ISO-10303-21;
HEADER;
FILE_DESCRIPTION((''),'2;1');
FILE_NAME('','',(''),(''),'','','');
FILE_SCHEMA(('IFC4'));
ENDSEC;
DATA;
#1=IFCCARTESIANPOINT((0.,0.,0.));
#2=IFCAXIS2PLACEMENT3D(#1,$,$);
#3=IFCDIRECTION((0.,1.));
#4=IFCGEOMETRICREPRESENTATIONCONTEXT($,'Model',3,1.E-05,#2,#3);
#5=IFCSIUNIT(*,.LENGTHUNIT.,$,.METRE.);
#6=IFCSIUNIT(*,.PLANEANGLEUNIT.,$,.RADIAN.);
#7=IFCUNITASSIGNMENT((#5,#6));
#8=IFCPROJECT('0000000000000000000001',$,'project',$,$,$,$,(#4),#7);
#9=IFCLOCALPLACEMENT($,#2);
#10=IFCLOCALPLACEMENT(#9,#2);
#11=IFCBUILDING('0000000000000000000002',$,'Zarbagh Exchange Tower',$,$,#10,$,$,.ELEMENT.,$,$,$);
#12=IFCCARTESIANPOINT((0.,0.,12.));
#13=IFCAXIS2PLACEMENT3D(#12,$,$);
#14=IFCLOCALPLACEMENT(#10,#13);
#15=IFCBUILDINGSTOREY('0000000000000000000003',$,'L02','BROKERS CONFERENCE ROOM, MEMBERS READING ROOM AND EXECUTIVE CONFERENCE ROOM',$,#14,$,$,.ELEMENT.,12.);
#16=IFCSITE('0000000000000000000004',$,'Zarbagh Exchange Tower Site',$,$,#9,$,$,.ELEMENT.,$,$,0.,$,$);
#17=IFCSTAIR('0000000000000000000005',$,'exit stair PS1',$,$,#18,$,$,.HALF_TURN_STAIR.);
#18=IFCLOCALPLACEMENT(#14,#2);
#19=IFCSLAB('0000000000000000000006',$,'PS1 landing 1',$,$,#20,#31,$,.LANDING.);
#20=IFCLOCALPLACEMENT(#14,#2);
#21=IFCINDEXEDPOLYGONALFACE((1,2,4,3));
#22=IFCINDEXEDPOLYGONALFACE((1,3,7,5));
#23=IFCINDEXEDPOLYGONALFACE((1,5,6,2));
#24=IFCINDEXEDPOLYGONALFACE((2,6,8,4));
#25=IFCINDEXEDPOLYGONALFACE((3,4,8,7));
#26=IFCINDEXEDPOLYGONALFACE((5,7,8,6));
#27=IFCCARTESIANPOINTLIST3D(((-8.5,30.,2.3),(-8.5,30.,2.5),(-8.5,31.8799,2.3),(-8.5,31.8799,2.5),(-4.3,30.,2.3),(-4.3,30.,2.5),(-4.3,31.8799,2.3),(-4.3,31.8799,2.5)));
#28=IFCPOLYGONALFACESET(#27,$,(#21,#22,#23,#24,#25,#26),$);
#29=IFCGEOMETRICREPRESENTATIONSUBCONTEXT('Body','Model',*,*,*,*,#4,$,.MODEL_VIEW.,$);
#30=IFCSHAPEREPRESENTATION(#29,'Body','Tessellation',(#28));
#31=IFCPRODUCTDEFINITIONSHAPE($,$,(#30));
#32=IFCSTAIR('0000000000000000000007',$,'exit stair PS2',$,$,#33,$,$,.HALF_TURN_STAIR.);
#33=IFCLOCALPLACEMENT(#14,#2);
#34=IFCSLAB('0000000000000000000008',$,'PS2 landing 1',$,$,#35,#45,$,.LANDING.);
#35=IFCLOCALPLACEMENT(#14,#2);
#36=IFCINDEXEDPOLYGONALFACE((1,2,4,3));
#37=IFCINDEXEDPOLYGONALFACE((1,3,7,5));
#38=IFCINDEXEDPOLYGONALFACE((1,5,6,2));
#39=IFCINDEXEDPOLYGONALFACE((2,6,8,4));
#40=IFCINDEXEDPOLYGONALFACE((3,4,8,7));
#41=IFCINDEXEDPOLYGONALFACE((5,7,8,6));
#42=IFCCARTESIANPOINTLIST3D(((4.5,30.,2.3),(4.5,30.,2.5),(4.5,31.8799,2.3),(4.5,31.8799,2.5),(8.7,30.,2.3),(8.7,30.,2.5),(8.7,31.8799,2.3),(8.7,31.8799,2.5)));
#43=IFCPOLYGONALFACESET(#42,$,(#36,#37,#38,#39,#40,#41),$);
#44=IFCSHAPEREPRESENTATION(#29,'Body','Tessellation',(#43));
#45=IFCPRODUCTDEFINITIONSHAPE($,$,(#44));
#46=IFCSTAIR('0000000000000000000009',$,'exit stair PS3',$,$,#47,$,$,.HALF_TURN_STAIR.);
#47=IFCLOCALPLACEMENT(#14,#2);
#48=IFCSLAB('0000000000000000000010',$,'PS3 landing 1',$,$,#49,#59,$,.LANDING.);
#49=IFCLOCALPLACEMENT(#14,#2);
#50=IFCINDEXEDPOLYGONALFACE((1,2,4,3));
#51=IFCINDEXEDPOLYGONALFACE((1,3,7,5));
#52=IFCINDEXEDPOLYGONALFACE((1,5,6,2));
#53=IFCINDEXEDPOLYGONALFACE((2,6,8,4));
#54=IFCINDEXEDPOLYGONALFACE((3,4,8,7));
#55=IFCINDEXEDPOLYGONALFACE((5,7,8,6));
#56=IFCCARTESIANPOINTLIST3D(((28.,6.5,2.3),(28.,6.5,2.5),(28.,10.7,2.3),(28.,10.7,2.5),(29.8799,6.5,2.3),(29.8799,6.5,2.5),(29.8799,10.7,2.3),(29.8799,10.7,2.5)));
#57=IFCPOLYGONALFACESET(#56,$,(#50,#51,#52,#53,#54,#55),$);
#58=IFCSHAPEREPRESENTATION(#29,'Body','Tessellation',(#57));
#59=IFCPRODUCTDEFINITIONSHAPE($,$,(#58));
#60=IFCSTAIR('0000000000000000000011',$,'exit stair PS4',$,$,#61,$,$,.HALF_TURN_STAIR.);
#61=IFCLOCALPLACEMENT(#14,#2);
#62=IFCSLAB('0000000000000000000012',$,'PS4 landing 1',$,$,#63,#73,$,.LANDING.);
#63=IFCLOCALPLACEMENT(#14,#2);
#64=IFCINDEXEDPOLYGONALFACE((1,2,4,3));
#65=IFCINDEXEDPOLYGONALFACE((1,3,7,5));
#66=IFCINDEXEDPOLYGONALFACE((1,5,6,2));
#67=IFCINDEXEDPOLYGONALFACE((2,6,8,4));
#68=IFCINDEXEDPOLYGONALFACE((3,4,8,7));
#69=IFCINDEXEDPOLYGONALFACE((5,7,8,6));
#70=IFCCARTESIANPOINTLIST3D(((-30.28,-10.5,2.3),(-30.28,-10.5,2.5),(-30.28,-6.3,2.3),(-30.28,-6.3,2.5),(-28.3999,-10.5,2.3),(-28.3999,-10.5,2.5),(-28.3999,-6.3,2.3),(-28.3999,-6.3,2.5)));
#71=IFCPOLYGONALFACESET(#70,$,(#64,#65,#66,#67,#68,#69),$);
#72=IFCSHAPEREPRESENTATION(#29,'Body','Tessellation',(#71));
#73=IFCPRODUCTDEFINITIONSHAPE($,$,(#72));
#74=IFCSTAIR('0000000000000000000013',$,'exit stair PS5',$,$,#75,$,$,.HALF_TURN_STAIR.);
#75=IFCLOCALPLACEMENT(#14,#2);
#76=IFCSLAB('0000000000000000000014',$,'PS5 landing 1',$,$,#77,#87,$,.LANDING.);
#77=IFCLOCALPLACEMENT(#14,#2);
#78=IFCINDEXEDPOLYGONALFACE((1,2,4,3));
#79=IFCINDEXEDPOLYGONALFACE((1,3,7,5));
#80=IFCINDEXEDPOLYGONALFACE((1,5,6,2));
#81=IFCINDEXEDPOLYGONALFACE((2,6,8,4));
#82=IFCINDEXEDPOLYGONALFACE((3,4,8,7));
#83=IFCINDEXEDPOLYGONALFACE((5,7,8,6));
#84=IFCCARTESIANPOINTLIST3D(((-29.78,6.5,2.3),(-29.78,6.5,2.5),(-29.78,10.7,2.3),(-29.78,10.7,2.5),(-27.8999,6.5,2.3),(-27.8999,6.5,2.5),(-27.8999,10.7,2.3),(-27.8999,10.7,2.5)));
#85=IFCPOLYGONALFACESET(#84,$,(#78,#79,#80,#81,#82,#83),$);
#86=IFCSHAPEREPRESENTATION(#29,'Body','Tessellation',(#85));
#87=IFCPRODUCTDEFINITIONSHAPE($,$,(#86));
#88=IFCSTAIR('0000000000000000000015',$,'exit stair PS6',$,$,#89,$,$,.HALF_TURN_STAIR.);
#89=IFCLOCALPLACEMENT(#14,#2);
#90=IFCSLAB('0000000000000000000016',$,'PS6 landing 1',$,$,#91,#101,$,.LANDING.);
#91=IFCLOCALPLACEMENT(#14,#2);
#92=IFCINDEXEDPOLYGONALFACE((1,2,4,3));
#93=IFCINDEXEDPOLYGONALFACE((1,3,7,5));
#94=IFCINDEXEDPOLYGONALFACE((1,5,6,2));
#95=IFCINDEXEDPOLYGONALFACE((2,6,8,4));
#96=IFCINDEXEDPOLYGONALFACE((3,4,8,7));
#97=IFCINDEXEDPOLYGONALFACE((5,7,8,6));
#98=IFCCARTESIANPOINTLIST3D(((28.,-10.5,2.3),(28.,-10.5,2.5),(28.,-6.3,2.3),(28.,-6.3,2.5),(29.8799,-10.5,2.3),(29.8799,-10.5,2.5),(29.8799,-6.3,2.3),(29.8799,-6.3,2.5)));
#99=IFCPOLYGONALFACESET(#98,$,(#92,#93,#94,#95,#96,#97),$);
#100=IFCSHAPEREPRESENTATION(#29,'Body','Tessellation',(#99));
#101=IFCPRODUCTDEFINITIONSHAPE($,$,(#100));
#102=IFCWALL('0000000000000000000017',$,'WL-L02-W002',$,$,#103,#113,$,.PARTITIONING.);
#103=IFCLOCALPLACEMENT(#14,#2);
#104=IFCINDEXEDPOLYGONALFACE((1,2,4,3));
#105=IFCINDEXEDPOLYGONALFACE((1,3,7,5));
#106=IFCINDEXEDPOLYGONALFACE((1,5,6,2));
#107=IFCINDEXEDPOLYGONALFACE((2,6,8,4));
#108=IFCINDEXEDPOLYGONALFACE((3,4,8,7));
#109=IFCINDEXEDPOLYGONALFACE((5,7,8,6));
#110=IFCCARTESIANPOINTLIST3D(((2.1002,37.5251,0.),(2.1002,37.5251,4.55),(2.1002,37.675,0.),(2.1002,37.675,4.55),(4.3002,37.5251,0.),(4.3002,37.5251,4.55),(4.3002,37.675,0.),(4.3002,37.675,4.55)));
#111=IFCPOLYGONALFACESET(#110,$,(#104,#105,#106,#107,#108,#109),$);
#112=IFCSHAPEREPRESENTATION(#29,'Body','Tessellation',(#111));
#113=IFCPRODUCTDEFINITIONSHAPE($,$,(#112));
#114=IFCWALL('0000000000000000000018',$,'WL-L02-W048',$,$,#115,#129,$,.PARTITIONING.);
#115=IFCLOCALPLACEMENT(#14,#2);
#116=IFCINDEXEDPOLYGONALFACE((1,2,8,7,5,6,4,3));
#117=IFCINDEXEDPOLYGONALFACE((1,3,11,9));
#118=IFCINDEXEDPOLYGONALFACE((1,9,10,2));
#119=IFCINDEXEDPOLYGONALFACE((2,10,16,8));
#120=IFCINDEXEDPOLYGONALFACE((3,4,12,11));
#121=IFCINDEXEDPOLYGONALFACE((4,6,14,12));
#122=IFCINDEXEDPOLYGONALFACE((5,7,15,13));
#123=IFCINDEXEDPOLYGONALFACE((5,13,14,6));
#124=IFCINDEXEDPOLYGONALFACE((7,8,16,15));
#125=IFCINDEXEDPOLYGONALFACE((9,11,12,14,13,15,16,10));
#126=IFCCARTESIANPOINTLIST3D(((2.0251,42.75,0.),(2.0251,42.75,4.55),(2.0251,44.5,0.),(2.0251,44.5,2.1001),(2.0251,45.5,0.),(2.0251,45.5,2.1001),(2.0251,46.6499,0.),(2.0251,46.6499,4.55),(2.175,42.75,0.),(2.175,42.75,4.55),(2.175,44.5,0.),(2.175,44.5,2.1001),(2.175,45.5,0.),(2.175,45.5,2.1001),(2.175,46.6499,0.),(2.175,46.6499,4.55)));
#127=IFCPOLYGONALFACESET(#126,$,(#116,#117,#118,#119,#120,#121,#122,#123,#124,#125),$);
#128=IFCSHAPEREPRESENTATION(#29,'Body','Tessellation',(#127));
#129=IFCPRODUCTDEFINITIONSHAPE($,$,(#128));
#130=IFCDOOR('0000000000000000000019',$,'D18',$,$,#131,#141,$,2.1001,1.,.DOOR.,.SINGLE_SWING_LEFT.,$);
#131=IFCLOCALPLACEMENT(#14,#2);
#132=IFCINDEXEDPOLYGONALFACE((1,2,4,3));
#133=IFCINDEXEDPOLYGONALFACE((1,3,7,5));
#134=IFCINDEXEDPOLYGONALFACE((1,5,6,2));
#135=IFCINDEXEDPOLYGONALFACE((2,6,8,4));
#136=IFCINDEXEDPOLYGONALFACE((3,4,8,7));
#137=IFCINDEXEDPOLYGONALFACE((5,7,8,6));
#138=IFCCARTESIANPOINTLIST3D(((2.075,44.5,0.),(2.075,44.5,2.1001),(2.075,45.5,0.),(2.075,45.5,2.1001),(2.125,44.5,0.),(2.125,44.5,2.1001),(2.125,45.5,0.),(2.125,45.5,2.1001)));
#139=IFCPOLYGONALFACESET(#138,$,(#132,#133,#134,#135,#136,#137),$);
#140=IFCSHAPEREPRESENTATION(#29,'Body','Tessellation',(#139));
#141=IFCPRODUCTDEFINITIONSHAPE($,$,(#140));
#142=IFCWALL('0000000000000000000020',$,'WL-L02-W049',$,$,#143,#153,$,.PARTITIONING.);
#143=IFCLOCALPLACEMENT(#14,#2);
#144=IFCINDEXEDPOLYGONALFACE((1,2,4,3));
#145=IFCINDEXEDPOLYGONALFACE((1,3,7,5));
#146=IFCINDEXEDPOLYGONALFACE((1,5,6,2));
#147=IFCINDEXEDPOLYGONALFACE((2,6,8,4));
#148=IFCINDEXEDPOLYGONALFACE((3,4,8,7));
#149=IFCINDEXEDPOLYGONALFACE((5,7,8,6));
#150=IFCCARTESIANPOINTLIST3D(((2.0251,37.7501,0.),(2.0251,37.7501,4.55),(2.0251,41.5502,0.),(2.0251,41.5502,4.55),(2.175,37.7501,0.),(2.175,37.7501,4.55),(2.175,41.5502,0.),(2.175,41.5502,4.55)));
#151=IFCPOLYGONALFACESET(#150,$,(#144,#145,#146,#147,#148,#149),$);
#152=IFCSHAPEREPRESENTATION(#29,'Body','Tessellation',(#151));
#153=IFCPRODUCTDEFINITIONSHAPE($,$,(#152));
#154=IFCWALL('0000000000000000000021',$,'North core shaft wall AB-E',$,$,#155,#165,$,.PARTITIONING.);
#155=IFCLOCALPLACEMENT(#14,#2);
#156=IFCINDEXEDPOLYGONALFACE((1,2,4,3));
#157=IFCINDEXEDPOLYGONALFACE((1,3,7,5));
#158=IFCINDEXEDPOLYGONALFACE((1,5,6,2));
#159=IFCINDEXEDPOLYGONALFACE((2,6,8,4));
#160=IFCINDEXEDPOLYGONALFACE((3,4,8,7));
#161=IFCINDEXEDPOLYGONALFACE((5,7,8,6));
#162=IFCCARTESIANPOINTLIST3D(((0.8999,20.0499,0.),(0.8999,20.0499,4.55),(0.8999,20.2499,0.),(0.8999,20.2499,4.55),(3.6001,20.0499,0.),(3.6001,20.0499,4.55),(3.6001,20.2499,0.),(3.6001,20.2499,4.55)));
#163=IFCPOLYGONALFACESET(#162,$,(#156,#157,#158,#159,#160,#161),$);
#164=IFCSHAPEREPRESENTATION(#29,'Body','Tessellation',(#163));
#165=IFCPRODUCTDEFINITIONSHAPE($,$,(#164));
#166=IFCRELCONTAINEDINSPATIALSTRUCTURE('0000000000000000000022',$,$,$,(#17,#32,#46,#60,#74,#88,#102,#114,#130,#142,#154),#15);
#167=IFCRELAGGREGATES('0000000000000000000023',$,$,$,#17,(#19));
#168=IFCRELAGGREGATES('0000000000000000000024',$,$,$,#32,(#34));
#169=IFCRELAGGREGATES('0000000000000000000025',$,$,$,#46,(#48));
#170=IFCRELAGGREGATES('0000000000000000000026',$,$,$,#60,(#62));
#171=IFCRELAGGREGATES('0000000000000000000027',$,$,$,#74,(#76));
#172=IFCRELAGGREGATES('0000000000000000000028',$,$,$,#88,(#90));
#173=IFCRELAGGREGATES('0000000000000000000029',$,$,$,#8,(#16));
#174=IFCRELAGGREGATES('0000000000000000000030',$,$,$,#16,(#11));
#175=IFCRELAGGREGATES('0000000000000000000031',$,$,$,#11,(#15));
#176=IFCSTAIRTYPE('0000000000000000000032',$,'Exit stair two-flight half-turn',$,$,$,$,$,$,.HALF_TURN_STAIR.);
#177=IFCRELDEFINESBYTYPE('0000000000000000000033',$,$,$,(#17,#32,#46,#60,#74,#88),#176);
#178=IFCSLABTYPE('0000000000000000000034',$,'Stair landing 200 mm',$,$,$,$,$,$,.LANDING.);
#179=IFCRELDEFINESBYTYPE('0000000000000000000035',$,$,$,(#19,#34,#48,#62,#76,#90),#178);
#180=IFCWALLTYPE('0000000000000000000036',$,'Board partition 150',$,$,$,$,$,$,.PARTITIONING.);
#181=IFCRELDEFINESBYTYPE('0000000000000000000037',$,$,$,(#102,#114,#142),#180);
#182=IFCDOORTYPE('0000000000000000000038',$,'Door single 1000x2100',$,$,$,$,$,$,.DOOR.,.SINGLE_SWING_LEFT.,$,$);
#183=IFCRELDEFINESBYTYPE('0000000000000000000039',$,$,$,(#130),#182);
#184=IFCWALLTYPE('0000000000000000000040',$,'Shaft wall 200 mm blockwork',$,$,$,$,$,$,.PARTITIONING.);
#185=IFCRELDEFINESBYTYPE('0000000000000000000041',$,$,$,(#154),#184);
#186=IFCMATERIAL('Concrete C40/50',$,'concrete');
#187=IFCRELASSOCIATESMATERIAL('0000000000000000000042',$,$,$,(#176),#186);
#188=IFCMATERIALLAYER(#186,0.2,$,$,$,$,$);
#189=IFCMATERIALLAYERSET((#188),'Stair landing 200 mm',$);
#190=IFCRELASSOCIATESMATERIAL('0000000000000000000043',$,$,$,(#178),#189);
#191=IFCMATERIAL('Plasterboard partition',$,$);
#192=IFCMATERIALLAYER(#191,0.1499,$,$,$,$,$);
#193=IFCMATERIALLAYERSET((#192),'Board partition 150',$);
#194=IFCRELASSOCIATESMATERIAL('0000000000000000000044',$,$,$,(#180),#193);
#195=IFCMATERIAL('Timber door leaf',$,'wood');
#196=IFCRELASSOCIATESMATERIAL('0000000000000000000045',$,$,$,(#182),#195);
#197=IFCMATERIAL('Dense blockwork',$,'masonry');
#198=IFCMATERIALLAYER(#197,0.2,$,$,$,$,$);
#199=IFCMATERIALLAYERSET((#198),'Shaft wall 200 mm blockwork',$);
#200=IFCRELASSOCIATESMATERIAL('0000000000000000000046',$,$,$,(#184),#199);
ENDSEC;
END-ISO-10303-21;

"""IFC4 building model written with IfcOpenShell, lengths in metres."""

from ifc_helpers import new_model, si_unit, direction, frame, frame_2d, origin, place, context, subcontext, project, spatial, polyline, rectangle, outline, extrude, material, layer, layer_set, type_object, element, fill, aggregate, save


model = new_model("IFC4")

# Units and contexts
model_context = context("Model", 3, precision=1e-05, world=origin(), true_north=direction((0.0, 1.0)))
body_context = subcontext(model_context, "Body", "Model", "MODEL_VIEW")
ifc_project = project(units=[si_unit("LENGTHUNIT", "METRE"), si_unit("PLANEANGLEUNIT", "RADIAN")], contexts=[model_context])

# Site, building, storey
site_placement = place(None, origin())
site = spatial("IfcSite", under=ifc_project, at=site_placement, Name="Zarbagh Exchange Tower Site", CompositionType="ELEMENT", RefElevation=0.0)
building_placement = place(site_placement, origin())
building = spatial("IfcBuilding", under=site, at=building_placement, Name="Zarbagh Exchange Tower", CompositionType="ELEMENT")
storey_placement = place(building_placement, frame((0.0, 0.0, 12.0)))
storey = spatial("IfcBuildingStorey", under=building, at=storey_placement, Name="L02", Description="BROKERS CONFERENCE ROOM, MEMBERS READING ROOM AND EXECUTIVE CONFERENCE ROOM", CompositionType="ELEMENT", Elevation=12.0)

# Stairs, slabs
ifc_material_1 = material(Name="Concrete C40/50", Category="concrete")
stair_type = type_object("IfcStairType", Name="Exit stair two-flight half-turn", PredefinedType="HALF_TURN_STAIR", material=ifc_material_1)
stair_1_placement = place(storey_placement, origin())
stair_1 = element("IfcStair", 1, at=stair_1_placement, inside=storey, type_object=stair_type, Name="exit stair PS1", PredefinedType="HALF_TURN_STAIR")
ifc_layer_1 = layer(ifc_material_1, 0.2)
ifc_layer_set_1 = layer_set([ifc_layer_1], Name="Stair landing 200 mm")
slab_type = type_object("IfcSlabType", Name="Stair landing 200 mm", PredefinedType="LANDING", material=ifc_layer_set_1)
slab_1_placement = place(storey_placement, frame((0.0, 0.0, 2.3)))
slab_1 = element("IfcSlab", 2, at=slab_1_placement, type_object=slab_type, Name="PS1 landing 1", PredefinedType="LANDING", context=body_context, shape_type="SweptSolid", body=[
    extrude(outline(polyline([(-8.5, 31.8799), (-8.5, 30.0), (-4.3, 30.0), (-4.3, 31.8799), (-8.5, 31.8799)])), origin(), (0.0, 0.0, 1.0), 0.2),
])
aggregate(stair_1, [slab_1])
stair_2_placement = place(storey_placement, origin())
stair_2 = element("IfcStair", 3, at=stair_2_placement, inside=storey, type_object=stair_type, Name="exit stair PS2", PredefinedType="HALF_TURN_STAIR")
slab_2_placement = place(storey_placement, frame((0.0, 0.0, 2.3)))
slab_2 = element("IfcSlab", 4, at=slab_2_placement, type_object=slab_type, Name="PS2 landing 1", PredefinedType="LANDING", context=body_context, shape_type="SweptSolid", body=[
    extrude(outline(polyline([(4.5, 31.8799), (4.5, 30.0), (8.7, 30.0), (8.7, 31.8799), (4.5, 31.8799)])), origin(), (0.0, 0.0, 1.0), 0.2),
])
aggregate(stair_2, [slab_2])
stair_3_placement = place(storey_placement, origin())
stair_3 = element("IfcStair", 5, at=stair_3_placement, inside=storey, type_object=stair_type, Name="exit stair PS3", PredefinedType="HALF_TURN_STAIR")
slab_3_placement = place(storey_placement, frame((0.0, 0.0, 2.3)))
slab_3 = element("IfcSlab", 6, at=slab_3_placement, type_object=slab_type, Name="PS3 landing 1", PredefinedType="LANDING", context=body_context, shape_type="SweptSolid", body=[
    extrude(outline(polyline([(29.8799, 10.7), (28.0, 10.7), (28.0, 6.5), (29.8799, 6.5), (29.8799, 10.7)])), origin(), (0.0, 0.0, 1.0), 0.2),
])
aggregate(stair_3, [slab_3])
stair_4_placement = place(storey_placement, origin())
stair_4 = element("IfcStair", 7, at=stair_4_placement, inside=storey, type_object=stair_type, Name="exit stair PS4", PredefinedType="HALF_TURN_STAIR")
slab_4_placement = place(storey_placement, frame((0.0, 0.0, 2.3)))
slab_4 = element("IfcSlab", 8, at=slab_4_placement, type_object=slab_type, Name="PS4 landing 1", PredefinedType="LANDING", context=body_context, shape_type="SweptSolid", body=[
    extrude(outline(polyline([(-30.28, -10.5), (-28.3999, -10.5), (-28.3999, -6.3), (-30.28, -6.3), (-30.28, -10.5)])), origin(), (0.0, 0.0, 1.0), 0.2),
])
aggregate(stair_4, [slab_4])
stair_5_placement = place(storey_placement, origin())
stair_5 = element("IfcStair", 9, at=stair_5_placement, inside=storey, type_object=stair_type, Name="exit stair PS5", PredefinedType="HALF_TURN_STAIR")
slab_5_placement = place(storey_placement, frame((0.0, 0.0, 2.3)))
slab_5 = element("IfcSlab", 10, at=slab_5_placement, type_object=slab_type, Name="PS5 landing 1", PredefinedType="LANDING", context=body_context, shape_type="SweptSolid", body=[
    extrude(outline(polyline([(-29.78, 6.5), (-27.8999, 6.5), (-27.8999, 10.7), (-29.78, 10.7), (-29.78, 6.5)])), origin(), (0.0, 0.0, 1.0), 0.2),
])
aggregate(stair_5, [slab_5])
stair_6_placement = place(storey_placement, origin())
stair_6 = element("IfcStair", 11, at=stair_6_placement, inside=storey, type_object=stair_type, Name="exit stair PS6", PredefinedType="HALF_TURN_STAIR")
slab_6_placement = place(storey_placement, frame((0.0, 0.0, 2.3)))
slab_6 = element("IfcSlab", 12, at=slab_6_placement, type_object=slab_type, Name="PS6 landing 1", PredefinedType="LANDING", context=body_context, shape_type="SweptSolid", body=[
    extrude(outline(polyline([(29.8799, -6.3), (28.0, -6.3), (28.0, -10.5), (29.8799, -10.5), (29.8799, -6.3)])), origin(), (0.0, 0.0, 1.0), 0.2),
])
aggregate(stair_6, [slab_6])

# Wall
ifc_material_2 = material(Name="Plasterboard partition")
ifc_layer_2 = layer(ifc_material_2, 0.1499)
ifc_layer_set_2 = layer_set([ifc_layer_2], Name="Board partition 150")
wall_type_1 = type_object("IfcWallType", Name="Board partition 150", PredefinedType="PARTITIONING", material=ifc_layer_set_2)
wall_1_placement = place(storey_placement, frame((2.1001, 37.6001, 0.0), z_axis=(0.0, 0.0, 1.0), x_axis=(1.0, 0.0, 0.0)))
element("IfcWall", 13, at=wall_1_placement, inside=storey, type_object=wall_type_1, Name="WL-L02-W002", PredefinedType="PARTITIONING", context=body_context, shape_type="SweptSolid", body=[
    extrude(rectangle(XDim=2.2, YDim=0.1499, at=frame_2d((1.1001, 0.0))), origin(), (0.0, 0.0, 1.0), 4.55),
])

# Wall, opening, door
wall_2_placement = place(storey_placement, frame((2.1001, 46.6499, 0.0), z_axis=(0.0, 0.0, 1.0), x_axis=(0.0, -1.0, 0.0)))
wall_2 = element("IfcWall", 14, at=wall_2_placement, inside=storey, type_object=wall_type_1, Name="WL-L02-W048", PredefinedType="PARTITIONING", context=body_context, shape_type="SweptSolid", body=[
    extrude(rectangle(XDim=3.8999, YDim=0.1499, at=frame_2d((1.95, 0.0))), origin(), (0.0, 0.0, 1.0), 4.55),
])
opening_1_placement = place(wall_2_placement, frame((1.1499, 0.0, 0.0)))
opening_1 = element("IfcOpeningElement", 15, at=opening_1_placement, cuts=wall_2, PredefinedType="OPENING", context=body_context, shape_type="SweptSolid", body=[
    extrude(rectangle(XDim=1.0, YDim=2.1001, at=frame_2d((0.5, 1.05))), frame((0.0, 0.085, 0.0), z_axis=(0.0, -1.0, 0.0), x_axis=(1.0, 0.0, 0.0)), (0.0, 0.0, 1.0), 0.1699),
])
ifc_material_3 = material(Name="Timber door leaf", Category="wood")
door_type_1 = type_object("IfcDoorType", Name="Door single 1000x2100", OperationType="SINGLE_SWING_LEFT", PredefinedType="DOOR", material=ifc_material_3)
door_1_placement = place(opening_1_placement, origin())
door_1 = element("IfcDoor", 16, at=door_1_placement, inside=storey, type_object=door_type_1, Name="D18", OperationType="SINGLE_SWING_LEFT", OverallHeight=2.1001, OverallWidth=1.0, PredefinedType="DOOR", context=body_context, shape_type="SweptSolid", body=[
    extrude(rectangle(XDim=1.0, YDim=2.1001, at=frame_2d((0.5, 1.05))), frame((0.0, 0.0249, 0.0), z_axis=(0.0, -1.0, 0.0), x_axis=(1.0, 0.0, 0.0)), (0.0, 0.0, 1.0), 0.05),
])
fill(opening_1, door_1)

# Walls
wall_3_placement = place(storey_placement, frame((2.1001, 41.55, 0.0), z_axis=(0.0, 0.0, 1.0), x_axis=(0.0, -1.0, 0.0)))
element("IfcWall", 17, at=wall_3_placement, inside=storey, type_object=wall_type_1, Name="WL-L02-W049", PredefinedType="PARTITIONING", context=body_context, shape_type="SweptSolid", body=[
    extrude(rectangle(XDim=3.8, YDim=0.1499, at=frame_2d((1.8999, 0.0))), origin(), (0.0, 0.0, 1.0), 4.55),
])
ifc_material_4 = material(Name="Dense blockwork", Category="masonry")
ifc_layer_3 = layer(ifc_material_4, 0.2)
ifc_layer_set_3 = layer_set([ifc_layer_3], Name="Shaft wall 200 mm blockwork")
wall_type_2 = type_object("IfcWallType", Name="Shaft wall 200 mm blockwork", PredefinedType="PARTITIONING", material=ifc_layer_set_3)
wall_4_placement = place(storey_placement, frame((0.8999, 20.1499, 0.0), z_axis=(0.0, 0.0, 1.0), x_axis=(1.0, 0.0, 0.0)))
element("IfcWall", 18, at=wall_4_placement, inside=storey, type_object=wall_type_2, Name="North core shaft wall AB-E", PredefinedType="PARTITIONING", context=body_context, shape_type="SweptSolid", body=[
    extrude(rectangle(XDim=2.7002, YDim=0.2, at=frame_2d((1.3501, 0.0))), origin(), (0.0, 0.0, 1.0), 4.55),
])

save(model, "model.ifc")
